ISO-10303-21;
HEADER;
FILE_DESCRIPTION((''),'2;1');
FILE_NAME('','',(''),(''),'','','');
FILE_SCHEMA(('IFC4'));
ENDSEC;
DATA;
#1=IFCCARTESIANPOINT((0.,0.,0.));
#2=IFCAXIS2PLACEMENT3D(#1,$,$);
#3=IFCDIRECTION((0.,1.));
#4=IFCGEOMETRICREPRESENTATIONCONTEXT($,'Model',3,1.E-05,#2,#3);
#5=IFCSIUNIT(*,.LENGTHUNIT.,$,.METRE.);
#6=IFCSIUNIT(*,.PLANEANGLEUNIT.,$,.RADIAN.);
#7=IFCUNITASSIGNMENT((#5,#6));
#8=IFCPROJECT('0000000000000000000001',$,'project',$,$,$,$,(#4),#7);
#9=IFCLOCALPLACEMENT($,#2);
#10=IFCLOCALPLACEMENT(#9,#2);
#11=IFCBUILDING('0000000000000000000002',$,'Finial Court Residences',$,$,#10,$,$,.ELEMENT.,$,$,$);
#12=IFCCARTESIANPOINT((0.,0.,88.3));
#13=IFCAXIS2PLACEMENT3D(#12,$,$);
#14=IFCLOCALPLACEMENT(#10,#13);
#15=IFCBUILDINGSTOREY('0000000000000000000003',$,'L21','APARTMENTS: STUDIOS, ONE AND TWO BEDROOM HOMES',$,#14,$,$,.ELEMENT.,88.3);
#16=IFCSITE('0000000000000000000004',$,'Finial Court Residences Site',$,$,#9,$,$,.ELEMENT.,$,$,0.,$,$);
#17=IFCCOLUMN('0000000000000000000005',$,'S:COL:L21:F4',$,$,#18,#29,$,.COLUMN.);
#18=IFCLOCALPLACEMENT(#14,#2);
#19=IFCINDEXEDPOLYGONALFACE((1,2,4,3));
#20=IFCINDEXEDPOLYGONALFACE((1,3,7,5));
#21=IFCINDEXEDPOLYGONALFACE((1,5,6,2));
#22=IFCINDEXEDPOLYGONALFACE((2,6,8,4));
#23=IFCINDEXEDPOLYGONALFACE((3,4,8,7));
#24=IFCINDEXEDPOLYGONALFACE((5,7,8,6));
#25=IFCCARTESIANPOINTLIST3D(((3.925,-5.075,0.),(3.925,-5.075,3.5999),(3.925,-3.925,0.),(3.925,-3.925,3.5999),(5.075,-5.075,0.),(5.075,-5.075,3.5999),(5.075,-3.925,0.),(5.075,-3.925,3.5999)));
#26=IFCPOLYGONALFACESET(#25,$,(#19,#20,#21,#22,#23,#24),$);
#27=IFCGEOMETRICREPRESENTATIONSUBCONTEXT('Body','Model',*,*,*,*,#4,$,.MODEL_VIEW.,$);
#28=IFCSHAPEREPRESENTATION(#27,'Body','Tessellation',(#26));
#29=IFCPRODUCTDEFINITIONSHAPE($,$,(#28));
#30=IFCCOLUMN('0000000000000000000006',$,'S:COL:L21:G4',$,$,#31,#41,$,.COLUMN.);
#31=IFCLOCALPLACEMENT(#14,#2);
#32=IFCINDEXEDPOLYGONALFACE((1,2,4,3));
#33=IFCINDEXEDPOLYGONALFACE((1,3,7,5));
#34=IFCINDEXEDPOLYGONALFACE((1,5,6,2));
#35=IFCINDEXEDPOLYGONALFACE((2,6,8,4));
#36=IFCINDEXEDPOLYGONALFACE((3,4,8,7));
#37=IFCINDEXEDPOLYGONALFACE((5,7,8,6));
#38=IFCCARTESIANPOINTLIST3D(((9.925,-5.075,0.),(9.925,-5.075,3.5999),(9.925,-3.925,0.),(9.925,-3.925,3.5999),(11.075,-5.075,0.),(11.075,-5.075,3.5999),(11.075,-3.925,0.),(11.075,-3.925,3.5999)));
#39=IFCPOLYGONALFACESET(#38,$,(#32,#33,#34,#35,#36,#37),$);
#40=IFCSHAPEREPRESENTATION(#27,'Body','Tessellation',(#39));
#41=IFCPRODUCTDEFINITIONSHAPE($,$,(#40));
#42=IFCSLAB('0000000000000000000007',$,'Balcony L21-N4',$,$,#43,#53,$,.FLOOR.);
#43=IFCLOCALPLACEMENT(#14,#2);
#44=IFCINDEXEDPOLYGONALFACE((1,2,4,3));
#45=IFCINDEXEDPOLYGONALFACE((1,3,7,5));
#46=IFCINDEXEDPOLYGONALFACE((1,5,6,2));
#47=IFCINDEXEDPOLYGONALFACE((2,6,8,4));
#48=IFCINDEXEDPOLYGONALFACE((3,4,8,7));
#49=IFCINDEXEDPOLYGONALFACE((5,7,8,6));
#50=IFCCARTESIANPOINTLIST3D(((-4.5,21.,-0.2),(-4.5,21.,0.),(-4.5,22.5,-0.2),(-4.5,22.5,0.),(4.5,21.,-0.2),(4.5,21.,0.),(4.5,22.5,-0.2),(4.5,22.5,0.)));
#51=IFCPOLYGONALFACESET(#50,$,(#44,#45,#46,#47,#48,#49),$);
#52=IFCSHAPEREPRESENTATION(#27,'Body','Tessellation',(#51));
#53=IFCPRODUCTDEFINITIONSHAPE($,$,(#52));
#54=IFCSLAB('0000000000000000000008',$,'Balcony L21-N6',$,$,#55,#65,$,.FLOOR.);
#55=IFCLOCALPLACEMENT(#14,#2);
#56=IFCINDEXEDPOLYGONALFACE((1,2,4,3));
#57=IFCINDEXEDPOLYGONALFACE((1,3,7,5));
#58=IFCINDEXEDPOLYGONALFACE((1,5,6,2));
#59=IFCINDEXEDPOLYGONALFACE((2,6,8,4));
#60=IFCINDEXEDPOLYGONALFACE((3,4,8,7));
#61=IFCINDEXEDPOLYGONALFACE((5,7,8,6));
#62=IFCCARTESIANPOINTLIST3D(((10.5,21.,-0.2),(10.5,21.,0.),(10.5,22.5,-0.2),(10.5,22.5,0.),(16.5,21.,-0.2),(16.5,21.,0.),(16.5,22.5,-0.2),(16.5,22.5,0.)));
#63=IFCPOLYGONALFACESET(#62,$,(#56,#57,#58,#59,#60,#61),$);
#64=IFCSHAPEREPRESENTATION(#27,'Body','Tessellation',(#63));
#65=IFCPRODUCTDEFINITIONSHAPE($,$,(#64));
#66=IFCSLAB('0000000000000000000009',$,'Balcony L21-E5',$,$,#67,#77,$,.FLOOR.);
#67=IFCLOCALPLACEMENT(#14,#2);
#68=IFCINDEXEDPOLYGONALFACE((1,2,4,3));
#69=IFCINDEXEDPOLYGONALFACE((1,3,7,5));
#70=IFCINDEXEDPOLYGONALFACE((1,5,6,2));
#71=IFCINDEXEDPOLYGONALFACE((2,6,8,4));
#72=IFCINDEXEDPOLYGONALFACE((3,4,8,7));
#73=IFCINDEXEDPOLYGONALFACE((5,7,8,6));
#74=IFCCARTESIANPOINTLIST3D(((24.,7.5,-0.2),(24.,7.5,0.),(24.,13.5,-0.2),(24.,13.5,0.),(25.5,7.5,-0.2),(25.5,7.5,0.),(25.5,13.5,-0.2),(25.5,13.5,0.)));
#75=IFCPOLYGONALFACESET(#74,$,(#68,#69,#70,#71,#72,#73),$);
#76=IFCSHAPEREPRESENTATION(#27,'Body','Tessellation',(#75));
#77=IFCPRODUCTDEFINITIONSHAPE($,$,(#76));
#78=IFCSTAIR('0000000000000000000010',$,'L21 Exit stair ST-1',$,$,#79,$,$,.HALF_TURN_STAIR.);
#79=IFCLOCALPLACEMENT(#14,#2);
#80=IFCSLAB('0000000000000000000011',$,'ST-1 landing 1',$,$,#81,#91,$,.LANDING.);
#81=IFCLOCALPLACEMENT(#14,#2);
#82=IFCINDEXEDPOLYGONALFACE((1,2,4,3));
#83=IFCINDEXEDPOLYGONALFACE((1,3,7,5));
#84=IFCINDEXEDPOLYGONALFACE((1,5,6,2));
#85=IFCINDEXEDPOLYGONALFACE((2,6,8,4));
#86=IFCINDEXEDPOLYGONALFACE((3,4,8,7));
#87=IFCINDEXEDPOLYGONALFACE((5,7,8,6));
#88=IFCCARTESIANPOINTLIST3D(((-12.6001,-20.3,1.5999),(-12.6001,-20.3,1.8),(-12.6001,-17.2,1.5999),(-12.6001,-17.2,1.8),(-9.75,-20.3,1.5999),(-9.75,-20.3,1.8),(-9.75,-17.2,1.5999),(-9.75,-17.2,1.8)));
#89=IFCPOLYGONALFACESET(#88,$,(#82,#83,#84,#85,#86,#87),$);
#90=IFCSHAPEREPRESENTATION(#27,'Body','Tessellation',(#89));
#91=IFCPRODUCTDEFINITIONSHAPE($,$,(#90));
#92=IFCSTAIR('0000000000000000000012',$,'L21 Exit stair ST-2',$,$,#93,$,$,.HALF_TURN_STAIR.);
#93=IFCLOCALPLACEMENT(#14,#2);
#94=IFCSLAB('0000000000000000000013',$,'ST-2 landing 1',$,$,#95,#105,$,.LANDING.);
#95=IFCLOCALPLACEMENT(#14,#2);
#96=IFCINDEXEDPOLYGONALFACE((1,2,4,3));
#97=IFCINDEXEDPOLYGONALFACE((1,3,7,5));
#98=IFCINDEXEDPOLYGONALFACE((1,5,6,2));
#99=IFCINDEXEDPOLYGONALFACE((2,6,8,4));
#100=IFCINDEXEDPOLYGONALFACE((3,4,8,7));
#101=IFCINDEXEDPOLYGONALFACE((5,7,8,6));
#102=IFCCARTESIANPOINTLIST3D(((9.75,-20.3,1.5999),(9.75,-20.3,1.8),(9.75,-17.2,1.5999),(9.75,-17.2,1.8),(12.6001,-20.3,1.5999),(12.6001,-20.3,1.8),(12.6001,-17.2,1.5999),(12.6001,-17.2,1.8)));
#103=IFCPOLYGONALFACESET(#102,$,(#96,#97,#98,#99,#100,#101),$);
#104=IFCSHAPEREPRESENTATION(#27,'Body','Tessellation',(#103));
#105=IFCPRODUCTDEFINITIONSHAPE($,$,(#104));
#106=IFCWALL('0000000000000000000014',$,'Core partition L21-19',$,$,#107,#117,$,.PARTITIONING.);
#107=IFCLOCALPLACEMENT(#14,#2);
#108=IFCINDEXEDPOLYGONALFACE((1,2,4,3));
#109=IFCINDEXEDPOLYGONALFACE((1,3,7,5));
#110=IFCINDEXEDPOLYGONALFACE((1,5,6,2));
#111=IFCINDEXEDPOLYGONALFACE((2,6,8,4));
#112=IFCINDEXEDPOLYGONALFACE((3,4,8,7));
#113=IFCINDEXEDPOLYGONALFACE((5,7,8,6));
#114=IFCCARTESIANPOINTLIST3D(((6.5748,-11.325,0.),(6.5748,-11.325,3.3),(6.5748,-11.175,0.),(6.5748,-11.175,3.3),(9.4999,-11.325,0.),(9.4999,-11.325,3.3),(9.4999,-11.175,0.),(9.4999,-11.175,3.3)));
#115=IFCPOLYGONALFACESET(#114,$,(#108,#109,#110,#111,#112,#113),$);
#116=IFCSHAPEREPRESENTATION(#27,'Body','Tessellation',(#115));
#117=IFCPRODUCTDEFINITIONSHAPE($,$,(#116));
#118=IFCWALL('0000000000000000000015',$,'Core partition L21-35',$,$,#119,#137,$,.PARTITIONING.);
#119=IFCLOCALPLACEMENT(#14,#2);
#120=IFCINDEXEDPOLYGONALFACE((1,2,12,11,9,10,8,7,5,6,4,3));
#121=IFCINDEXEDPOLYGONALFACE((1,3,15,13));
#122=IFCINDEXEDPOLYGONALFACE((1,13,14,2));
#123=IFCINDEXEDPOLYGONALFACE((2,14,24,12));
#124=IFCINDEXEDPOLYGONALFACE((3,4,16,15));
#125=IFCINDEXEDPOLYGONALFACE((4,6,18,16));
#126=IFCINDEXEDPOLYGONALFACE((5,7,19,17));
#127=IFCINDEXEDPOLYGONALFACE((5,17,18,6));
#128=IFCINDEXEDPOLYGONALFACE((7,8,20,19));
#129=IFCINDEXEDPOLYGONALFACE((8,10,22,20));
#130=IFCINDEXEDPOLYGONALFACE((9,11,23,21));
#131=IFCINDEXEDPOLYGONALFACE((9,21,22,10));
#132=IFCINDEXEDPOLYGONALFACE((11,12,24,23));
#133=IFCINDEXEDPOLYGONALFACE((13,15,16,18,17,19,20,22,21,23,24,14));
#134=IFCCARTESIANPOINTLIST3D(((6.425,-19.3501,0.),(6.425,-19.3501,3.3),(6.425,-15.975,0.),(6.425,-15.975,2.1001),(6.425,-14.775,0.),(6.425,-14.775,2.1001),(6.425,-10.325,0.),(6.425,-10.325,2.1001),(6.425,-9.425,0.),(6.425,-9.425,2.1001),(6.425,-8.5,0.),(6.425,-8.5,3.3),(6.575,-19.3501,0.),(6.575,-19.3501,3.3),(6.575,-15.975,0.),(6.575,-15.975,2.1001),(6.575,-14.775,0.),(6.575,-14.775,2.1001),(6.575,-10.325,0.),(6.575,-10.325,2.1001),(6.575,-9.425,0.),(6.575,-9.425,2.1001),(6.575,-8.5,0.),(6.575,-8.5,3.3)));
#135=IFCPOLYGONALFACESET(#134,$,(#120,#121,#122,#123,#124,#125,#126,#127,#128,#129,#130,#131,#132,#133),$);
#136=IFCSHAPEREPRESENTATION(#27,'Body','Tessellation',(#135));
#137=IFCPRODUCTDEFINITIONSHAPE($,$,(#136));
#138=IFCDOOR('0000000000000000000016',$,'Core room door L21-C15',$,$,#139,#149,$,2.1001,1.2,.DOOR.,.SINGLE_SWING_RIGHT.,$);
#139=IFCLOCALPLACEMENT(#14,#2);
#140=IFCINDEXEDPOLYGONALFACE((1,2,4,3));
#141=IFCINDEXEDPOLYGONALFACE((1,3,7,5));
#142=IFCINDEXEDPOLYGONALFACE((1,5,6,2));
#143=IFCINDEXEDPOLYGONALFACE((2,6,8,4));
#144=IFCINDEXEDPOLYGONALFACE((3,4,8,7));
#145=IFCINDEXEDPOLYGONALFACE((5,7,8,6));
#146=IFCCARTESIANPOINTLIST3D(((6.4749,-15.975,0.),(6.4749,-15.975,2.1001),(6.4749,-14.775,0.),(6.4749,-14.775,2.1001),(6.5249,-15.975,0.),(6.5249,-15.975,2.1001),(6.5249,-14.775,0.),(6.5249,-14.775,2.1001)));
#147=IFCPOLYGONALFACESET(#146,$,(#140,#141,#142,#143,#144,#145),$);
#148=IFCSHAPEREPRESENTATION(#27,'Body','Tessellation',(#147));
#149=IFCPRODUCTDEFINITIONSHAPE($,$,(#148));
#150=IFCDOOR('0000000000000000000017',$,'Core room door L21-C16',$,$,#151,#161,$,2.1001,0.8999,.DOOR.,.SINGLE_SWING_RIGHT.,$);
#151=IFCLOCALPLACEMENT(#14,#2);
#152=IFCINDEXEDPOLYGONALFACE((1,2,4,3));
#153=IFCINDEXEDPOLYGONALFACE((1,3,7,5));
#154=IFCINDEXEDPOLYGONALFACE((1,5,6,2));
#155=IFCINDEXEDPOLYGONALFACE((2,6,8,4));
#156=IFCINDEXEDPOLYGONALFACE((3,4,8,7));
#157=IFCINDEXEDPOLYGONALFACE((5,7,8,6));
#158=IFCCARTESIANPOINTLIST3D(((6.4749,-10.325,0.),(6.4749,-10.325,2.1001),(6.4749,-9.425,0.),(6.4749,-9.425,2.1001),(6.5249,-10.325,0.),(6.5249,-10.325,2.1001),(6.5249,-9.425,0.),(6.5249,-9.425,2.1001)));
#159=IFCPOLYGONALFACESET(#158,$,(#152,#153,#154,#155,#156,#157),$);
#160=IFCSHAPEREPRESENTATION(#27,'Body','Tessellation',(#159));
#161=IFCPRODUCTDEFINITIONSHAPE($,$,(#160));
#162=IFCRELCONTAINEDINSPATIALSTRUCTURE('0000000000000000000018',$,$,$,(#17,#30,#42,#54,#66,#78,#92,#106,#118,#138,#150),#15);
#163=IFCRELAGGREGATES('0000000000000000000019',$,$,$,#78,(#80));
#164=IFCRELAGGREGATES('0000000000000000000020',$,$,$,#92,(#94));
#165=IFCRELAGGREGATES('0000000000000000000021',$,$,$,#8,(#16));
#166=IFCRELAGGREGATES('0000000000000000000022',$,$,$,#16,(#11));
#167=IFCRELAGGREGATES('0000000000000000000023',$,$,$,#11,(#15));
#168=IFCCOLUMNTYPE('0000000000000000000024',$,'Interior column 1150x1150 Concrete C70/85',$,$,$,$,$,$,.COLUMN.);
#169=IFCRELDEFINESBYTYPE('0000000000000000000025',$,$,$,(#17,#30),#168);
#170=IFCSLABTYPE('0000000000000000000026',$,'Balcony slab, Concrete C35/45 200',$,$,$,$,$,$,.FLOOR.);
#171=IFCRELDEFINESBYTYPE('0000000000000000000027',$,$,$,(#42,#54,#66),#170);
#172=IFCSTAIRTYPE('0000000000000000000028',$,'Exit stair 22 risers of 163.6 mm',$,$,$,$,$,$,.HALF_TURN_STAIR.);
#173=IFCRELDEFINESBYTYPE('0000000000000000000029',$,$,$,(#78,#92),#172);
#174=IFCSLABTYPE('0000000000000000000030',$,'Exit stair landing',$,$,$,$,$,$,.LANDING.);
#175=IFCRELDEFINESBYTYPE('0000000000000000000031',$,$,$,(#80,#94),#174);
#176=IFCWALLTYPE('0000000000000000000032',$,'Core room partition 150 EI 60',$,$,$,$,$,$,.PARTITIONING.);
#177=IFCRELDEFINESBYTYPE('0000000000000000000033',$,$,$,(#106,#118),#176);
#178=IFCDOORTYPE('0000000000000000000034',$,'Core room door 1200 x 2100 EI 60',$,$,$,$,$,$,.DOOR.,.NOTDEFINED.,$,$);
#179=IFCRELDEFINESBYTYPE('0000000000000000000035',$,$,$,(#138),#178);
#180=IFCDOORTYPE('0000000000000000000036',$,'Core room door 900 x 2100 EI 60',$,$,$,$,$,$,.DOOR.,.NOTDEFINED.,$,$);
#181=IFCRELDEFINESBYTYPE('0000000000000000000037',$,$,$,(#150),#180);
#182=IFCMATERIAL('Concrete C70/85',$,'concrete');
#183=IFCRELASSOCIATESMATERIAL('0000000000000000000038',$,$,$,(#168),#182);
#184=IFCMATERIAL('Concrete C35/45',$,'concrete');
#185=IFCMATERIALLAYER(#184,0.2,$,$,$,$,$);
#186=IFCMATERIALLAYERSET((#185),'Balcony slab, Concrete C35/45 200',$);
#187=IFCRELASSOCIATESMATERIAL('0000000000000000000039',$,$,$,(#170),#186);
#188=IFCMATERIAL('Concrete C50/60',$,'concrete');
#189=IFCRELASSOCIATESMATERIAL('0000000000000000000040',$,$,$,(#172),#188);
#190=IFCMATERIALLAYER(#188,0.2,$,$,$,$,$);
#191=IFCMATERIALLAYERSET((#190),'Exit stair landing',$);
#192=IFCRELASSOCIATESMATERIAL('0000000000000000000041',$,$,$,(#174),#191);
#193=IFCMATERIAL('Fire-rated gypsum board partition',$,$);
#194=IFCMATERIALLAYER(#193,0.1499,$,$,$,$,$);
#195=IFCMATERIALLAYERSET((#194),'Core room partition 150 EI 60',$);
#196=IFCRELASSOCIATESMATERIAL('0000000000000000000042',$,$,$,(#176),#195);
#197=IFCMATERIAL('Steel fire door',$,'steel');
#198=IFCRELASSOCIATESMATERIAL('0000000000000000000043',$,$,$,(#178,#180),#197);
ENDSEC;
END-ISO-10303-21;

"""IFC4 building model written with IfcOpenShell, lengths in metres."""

from ifc_helpers import new_model, si_unit, direction, frame, frame_2d, origin, origin_2d, place, context, subcontext, project, spatial, polyline, rectangle, outline, extrude, material, layer, layer_set, material_profile, profile_set, type_object, element, fill, aggregate, save


model = new_model("IFC4")

# Units and contexts
model_context = context("Model", 3, precision=1e-05, world=origin(), true_north=direction((0.0, 1.0)))
body_context = subcontext(model_context, "Body", "Model", "MODEL_VIEW")
ifc_project = project(units=[si_unit("LENGTHUNIT", "METRE"), si_unit("PLANEANGLEUNIT", "RADIAN")], contexts=[model_context])

# Site, building, storey
site_placement = place(None, origin())
site = spatial("IfcSite", under=ifc_project, at=site_placement, Name="Finial Court Residences Site", CompositionType="ELEMENT", RefElevation=0.0)
building_placement = place(site_placement, origin())
building = spatial("IfcBuilding", under=site, at=building_placement, Name="Finial Court Residences", CompositionType="ELEMENT")
storey_placement = place(building_placement, frame((0.0, 0.0, 88.3)))
storey = spatial("IfcBuildingStorey", under=building, at=storey_placement, Name="L21", Description="APARTMENTS: STUDIOS, ONE AND TWO BEDROOM HOMES", CompositionType="ELEMENT", Elevation=88.3)

# Columns
ifc_material_1 = material(Name="Concrete C70/85", Category="concrete")
ifc_material_profile = material_profile(ifc_material_1, rectangle(XDim=1.1499, YDim=1.1499, at=origin_2d()), Name="1150x1150")
ifc_profile_set = profile_set([ifc_material_profile], Name="Concrete C70/85")
column_type = type_object("IfcColumnType", Name="Interior column 1150x1150 Concrete C70/85", PredefinedType="COLUMN", material=ifc_profile_set)
for number, where, z_axis, x_axis, name in (
    (1, (4.5, -4.5, 0.0), (0.0, 0.0, 1.0), (1.0, 0.0, 0.0), "S:COL:L21:F4"),
    (2, (10.5, -4.5, 0.0), (0.0, 0.0, 1.0), (1.0, 0.0, 0.0), "S:COL:L21:G4"),
):
    element("IfcColumn", number, at=place(storey_placement, frame(where, z_axis=z_axis, x_axis=x_axis)), inside=storey, type_object=column_type, Name=name, PredefinedType="COLUMN", context=body_context, shape_type="SweptSolid", body=[
        extrude(rectangle(XDim=1.1499, YDim=1.1499, at=origin_2d()), origin(), (0.0, 0.0, 1.0), 3.5999),
    ])

# Slabs
ifc_material_2 = material(Name="Concrete C35/45", Category="concrete")
ifc_layer_1 = layer(ifc_material_2, 0.2)
ifc_layer_set_1 = layer_set([ifc_layer_1], Name="Balcony slab, Concrete C35/45 200")
slab_type_1 = type_object("IfcSlabType", Name="Balcony slab, Concrete C35/45 200", PredefinedType="FLOOR", material=ifc_layer_set_1)
slab_1_placement = place(storey_placement, frame((0.0, 0.0, -0.2)))
element("IfcSlab", 3, at=slab_1_placement, inside=storey, type_object=slab_type_1, Name="Balcony L21-N4", PredefinedType="FLOOR", context=body_context, shape_type="SweptSolid", body=[
    extrude(outline(polyline([(4.5, 21.0), (4.5, 22.5), (-4.5, 22.5), (-4.5, 21.0), (4.5, 21.0)])), origin(), (0.0, 0.0, 1.0), 0.2),
])
slab_2_placement = place(storey_placement, frame((0.0, 0.0, -0.2)))
element("IfcSlab", 4, at=slab_2_placement, inside=storey, type_object=slab_type_1, Name="Balcony L21-N6", PredefinedType="FLOOR", context=body_context, shape_type="SweptSolid", body=[
    extrude(outline(polyline([(16.5, 21.0), (16.5, 22.5), (10.5, 22.5), (10.5, 21.0), (16.5, 21.0)])), origin(), (0.0, 0.0, 1.0), 0.2),
])
slab_3_placement = place(storey_placement, frame((0.0, 0.0, -0.2)))
element("IfcSlab", 5, at=slab_3_placement, inside=storey, type_object=slab_type_1, Name="Balcony L21-E5", PredefinedType="FLOOR", context=body_context, shape_type="SweptSolid", body=[
    extrude(outline(polyline([(25.5, 7.5), (25.5, 13.5), (24.0, 13.5), (24.0, 7.5), (25.5, 7.5)])), origin(), (0.0, 0.0, 1.0), 0.2),
])

# Stairs, slabs
ifc_material_3 = material(Name="Concrete C50/60", Category="concrete")
stair_type = type_object("IfcStairType", Name="Exit stair 22 risers of 163.6 mm", PredefinedType="HALF_TURN_STAIR", material=ifc_material_3)
stair_1_placement = place(storey_placement, origin())
stair_1 = element("IfcStair", 6, at=stair_1_placement, inside=storey, type_object=stair_type, Name="L21 Exit stair ST-1", PredefinedType="HALF_TURN_STAIR")
ifc_layer_2 = layer(ifc_material_3, 0.2)
ifc_layer_set_2 = layer_set([ifc_layer_2], Name="Exit stair landing")
slab_type_2 = type_object("IfcSlabType", Name="Exit stair landing", PredefinedType="LANDING", material=ifc_layer_set_2)
slab_4_placement = place(storey_placement, frame((0.0, 0.0, 1.5999)))
slab_4 = element("IfcSlab", 7, at=slab_4_placement, type_object=slab_type_2, Name="ST-1 landing 1", PredefinedType="LANDING", context=body_context, shape_type="SweptSolid", body=[
    extrude(outline(polyline([(-9.75, -20.3), (-9.75, -17.2), (-12.6001, -17.2), (-12.6001, -20.3), (-9.75, -20.3)])), origin(), (0.0, 0.0, 1.0), 0.2002),
])
aggregate(stair_1, [slab_4])
stair_2_placement = place(storey_placement, origin())
stair_2 = element("IfcStair", 8, at=stair_2_placement, inside=storey, type_object=stair_type, Name="L21 Exit stair ST-2", PredefinedType="HALF_TURN_STAIR")
slab_5_placement = place(storey_placement, frame((0.0, 0.0, 1.5999)))
slab_5 = element("IfcSlab", 9, at=slab_5_placement, type_object=slab_type_2, Name="ST-2 landing 1", PredefinedType="LANDING", context=body_context, shape_type="SweptSolid", body=[
    extrude(outline(polyline([(12.6001, -20.3), (12.6001, -17.2), (9.75, -17.2), (9.75, -20.3), (12.6001, -20.3)])), origin(), (0.0, 0.0, 1.0), 0.2002),
])
aggregate(stair_2, [slab_5])

# Wall
ifc_material_4 = material(Name="Fire-rated gypsum board partition")
ifc_layer_3 = layer(ifc_material_4, 0.1499)
ifc_layer_set_3 = layer_set([ifc_layer_3], Name="Core room partition 150 EI 60")
wall_type_1 = type_object("IfcWallType", Name="Core room partition 150 EI 60", PredefinedType="PARTITIONING", material=ifc_layer_set_3)
wall_1_placement = place(storey_placement, frame((6.575, -11.25, 0.0), z_axis=(0.0, 0.0, 1.0), x_axis=(1.0, 0.0, 0.0)))
element("IfcWall", 10, at=wall_1_placement, inside=storey, type_object=wall_type_1, Name="Core partition L21-19", PredefinedType="PARTITIONING", context=body_context, shape_type="SweptSolid", body=[
    extrude(rectangle(XDim=2.925, YDim=0.1499, at=frame_2d((1.4624, 0.0))), origin(), (0.0, 0.0, 1.0), 3.3),
])

# Wall, openings, doors
wall_2_placement = place(storey_placement, frame((6.5, -8.5, 0.0), z_axis=(0.0, 0.0, 1.0), x_axis=(0.0, -1.0, 0.0)))
wall_2 = element("IfcWall", 11, at=wall_2_placement, inside=storey, type_object=wall_type_1, Name="Core partition L21-35", PredefinedType="PARTITIONING", context=body_context, shape_type="SweptSolid", body=[
    extrude(rectangle(XDim=10.8501, YDim=0.1499, at=frame_2d((5.425, 0.0))), origin(), (0.0, 0.0, 1.0), 3.3),
])
opening_1_placement = place(wall_2_placement, frame((6.2749, 0.0, 0.0)))
opening_1 = element("IfcOpeningElement", 12, at=opening_1_placement, cuts=wall_2, PredefinedType="OPENING", context=body_context, shape_type="SweptSolid", body=[
    extrude(rectangle(XDim=1.2, YDim=2.1001, at=frame_2d((0.6001, 1.05))), frame((0.0, 0.085, 0.0), z_axis=(0.0, -1.0, 0.0), x_axis=(1.0, 0.0, 0.0)), (0.0, 0.0, 1.0), 0.1699),
])
opening_2_placement = place(wall_2_placement, frame((0.925, 0.0, 0.0)))
opening_2 = element("IfcOpeningElement", 13, at=opening_2_placement, cuts=wall_2, PredefinedType="OPENING", context=body_context, shape_type="SweptSolid", body=[
    extrude(rectangle(XDim=0.8999, YDim=2.1001, at=frame_2d((0.45, 1.05))), frame((0.0, 0.085, 0.0), z_axis=(0.0, -1.0, 0.0), x_axis=(1.0, 0.0, 0.0)), (0.0, 0.0, 1.0), 0.1699),
])
ifc_material_5 = material(Name="Steel fire door", Category="steel")
door_type_1 = type_object("IfcDoorType", Name="Core room door 1200 x 2100 EI 60", OperationType="NOTDEFINED", PredefinedType="DOOR", material=ifc_material_5)
door_1_placement = place(opening_1_placement, origin())
door_1 = element("IfcDoor", 14, at=door_1_placement, inside=storey, type_object=door_type_1, Name="Core room door L21-C15", OperationType="SINGLE_SWING_RIGHT", OverallHeight=2.1001, OverallWidth=1.2, PredefinedType="DOOR", context=body_context, shape_type="SweptSolid", body=[
    extrude(rectangle(XDim=1.2, YDim=2.1001, at=frame_2d((0.6001, 1.05))), frame((0.0, 0.0249, 0.0), z_axis=(0.0, -1.0, 0.0), x_axis=(1.0, 0.0, 0.0)), (0.0, 0.0, 1.0), 0.05),
])
fill(opening_1, door_1)
door_type_2 = type_object("IfcDoorType", Name="Core room door 900 x 2100 EI 60", OperationType="NOTDEFINED", PredefinedType="DOOR", material=ifc_material_5)
door_2_placement = place(opening_2_placement, origin())
door_2 = element("IfcDoor", 15, at=door_2_placement, inside=storey, type_object=door_type_2, Name="Core room door L21-C16", OperationType="SINGLE_SWING_RIGHT", OverallHeight=2.1001, OverallWidth=0.8999, PredefinedType="DOOR", context=body_context, shape_type="SweptSolid", body=[
    extrude(rectangle(XDim=0.8999, YDim=2.1001, at=frame_2d((0.45, 1.05))), frame((0.0, 0.0249, 0.0), z_axis=(0.0, -1.0, 0.0), x_axis=(1.0, 0.0, 0.0)), (0.0, 0.0, 1.0), 0.05),
])
fill(opening_2, door_2)

save(model, "model.ifc")
